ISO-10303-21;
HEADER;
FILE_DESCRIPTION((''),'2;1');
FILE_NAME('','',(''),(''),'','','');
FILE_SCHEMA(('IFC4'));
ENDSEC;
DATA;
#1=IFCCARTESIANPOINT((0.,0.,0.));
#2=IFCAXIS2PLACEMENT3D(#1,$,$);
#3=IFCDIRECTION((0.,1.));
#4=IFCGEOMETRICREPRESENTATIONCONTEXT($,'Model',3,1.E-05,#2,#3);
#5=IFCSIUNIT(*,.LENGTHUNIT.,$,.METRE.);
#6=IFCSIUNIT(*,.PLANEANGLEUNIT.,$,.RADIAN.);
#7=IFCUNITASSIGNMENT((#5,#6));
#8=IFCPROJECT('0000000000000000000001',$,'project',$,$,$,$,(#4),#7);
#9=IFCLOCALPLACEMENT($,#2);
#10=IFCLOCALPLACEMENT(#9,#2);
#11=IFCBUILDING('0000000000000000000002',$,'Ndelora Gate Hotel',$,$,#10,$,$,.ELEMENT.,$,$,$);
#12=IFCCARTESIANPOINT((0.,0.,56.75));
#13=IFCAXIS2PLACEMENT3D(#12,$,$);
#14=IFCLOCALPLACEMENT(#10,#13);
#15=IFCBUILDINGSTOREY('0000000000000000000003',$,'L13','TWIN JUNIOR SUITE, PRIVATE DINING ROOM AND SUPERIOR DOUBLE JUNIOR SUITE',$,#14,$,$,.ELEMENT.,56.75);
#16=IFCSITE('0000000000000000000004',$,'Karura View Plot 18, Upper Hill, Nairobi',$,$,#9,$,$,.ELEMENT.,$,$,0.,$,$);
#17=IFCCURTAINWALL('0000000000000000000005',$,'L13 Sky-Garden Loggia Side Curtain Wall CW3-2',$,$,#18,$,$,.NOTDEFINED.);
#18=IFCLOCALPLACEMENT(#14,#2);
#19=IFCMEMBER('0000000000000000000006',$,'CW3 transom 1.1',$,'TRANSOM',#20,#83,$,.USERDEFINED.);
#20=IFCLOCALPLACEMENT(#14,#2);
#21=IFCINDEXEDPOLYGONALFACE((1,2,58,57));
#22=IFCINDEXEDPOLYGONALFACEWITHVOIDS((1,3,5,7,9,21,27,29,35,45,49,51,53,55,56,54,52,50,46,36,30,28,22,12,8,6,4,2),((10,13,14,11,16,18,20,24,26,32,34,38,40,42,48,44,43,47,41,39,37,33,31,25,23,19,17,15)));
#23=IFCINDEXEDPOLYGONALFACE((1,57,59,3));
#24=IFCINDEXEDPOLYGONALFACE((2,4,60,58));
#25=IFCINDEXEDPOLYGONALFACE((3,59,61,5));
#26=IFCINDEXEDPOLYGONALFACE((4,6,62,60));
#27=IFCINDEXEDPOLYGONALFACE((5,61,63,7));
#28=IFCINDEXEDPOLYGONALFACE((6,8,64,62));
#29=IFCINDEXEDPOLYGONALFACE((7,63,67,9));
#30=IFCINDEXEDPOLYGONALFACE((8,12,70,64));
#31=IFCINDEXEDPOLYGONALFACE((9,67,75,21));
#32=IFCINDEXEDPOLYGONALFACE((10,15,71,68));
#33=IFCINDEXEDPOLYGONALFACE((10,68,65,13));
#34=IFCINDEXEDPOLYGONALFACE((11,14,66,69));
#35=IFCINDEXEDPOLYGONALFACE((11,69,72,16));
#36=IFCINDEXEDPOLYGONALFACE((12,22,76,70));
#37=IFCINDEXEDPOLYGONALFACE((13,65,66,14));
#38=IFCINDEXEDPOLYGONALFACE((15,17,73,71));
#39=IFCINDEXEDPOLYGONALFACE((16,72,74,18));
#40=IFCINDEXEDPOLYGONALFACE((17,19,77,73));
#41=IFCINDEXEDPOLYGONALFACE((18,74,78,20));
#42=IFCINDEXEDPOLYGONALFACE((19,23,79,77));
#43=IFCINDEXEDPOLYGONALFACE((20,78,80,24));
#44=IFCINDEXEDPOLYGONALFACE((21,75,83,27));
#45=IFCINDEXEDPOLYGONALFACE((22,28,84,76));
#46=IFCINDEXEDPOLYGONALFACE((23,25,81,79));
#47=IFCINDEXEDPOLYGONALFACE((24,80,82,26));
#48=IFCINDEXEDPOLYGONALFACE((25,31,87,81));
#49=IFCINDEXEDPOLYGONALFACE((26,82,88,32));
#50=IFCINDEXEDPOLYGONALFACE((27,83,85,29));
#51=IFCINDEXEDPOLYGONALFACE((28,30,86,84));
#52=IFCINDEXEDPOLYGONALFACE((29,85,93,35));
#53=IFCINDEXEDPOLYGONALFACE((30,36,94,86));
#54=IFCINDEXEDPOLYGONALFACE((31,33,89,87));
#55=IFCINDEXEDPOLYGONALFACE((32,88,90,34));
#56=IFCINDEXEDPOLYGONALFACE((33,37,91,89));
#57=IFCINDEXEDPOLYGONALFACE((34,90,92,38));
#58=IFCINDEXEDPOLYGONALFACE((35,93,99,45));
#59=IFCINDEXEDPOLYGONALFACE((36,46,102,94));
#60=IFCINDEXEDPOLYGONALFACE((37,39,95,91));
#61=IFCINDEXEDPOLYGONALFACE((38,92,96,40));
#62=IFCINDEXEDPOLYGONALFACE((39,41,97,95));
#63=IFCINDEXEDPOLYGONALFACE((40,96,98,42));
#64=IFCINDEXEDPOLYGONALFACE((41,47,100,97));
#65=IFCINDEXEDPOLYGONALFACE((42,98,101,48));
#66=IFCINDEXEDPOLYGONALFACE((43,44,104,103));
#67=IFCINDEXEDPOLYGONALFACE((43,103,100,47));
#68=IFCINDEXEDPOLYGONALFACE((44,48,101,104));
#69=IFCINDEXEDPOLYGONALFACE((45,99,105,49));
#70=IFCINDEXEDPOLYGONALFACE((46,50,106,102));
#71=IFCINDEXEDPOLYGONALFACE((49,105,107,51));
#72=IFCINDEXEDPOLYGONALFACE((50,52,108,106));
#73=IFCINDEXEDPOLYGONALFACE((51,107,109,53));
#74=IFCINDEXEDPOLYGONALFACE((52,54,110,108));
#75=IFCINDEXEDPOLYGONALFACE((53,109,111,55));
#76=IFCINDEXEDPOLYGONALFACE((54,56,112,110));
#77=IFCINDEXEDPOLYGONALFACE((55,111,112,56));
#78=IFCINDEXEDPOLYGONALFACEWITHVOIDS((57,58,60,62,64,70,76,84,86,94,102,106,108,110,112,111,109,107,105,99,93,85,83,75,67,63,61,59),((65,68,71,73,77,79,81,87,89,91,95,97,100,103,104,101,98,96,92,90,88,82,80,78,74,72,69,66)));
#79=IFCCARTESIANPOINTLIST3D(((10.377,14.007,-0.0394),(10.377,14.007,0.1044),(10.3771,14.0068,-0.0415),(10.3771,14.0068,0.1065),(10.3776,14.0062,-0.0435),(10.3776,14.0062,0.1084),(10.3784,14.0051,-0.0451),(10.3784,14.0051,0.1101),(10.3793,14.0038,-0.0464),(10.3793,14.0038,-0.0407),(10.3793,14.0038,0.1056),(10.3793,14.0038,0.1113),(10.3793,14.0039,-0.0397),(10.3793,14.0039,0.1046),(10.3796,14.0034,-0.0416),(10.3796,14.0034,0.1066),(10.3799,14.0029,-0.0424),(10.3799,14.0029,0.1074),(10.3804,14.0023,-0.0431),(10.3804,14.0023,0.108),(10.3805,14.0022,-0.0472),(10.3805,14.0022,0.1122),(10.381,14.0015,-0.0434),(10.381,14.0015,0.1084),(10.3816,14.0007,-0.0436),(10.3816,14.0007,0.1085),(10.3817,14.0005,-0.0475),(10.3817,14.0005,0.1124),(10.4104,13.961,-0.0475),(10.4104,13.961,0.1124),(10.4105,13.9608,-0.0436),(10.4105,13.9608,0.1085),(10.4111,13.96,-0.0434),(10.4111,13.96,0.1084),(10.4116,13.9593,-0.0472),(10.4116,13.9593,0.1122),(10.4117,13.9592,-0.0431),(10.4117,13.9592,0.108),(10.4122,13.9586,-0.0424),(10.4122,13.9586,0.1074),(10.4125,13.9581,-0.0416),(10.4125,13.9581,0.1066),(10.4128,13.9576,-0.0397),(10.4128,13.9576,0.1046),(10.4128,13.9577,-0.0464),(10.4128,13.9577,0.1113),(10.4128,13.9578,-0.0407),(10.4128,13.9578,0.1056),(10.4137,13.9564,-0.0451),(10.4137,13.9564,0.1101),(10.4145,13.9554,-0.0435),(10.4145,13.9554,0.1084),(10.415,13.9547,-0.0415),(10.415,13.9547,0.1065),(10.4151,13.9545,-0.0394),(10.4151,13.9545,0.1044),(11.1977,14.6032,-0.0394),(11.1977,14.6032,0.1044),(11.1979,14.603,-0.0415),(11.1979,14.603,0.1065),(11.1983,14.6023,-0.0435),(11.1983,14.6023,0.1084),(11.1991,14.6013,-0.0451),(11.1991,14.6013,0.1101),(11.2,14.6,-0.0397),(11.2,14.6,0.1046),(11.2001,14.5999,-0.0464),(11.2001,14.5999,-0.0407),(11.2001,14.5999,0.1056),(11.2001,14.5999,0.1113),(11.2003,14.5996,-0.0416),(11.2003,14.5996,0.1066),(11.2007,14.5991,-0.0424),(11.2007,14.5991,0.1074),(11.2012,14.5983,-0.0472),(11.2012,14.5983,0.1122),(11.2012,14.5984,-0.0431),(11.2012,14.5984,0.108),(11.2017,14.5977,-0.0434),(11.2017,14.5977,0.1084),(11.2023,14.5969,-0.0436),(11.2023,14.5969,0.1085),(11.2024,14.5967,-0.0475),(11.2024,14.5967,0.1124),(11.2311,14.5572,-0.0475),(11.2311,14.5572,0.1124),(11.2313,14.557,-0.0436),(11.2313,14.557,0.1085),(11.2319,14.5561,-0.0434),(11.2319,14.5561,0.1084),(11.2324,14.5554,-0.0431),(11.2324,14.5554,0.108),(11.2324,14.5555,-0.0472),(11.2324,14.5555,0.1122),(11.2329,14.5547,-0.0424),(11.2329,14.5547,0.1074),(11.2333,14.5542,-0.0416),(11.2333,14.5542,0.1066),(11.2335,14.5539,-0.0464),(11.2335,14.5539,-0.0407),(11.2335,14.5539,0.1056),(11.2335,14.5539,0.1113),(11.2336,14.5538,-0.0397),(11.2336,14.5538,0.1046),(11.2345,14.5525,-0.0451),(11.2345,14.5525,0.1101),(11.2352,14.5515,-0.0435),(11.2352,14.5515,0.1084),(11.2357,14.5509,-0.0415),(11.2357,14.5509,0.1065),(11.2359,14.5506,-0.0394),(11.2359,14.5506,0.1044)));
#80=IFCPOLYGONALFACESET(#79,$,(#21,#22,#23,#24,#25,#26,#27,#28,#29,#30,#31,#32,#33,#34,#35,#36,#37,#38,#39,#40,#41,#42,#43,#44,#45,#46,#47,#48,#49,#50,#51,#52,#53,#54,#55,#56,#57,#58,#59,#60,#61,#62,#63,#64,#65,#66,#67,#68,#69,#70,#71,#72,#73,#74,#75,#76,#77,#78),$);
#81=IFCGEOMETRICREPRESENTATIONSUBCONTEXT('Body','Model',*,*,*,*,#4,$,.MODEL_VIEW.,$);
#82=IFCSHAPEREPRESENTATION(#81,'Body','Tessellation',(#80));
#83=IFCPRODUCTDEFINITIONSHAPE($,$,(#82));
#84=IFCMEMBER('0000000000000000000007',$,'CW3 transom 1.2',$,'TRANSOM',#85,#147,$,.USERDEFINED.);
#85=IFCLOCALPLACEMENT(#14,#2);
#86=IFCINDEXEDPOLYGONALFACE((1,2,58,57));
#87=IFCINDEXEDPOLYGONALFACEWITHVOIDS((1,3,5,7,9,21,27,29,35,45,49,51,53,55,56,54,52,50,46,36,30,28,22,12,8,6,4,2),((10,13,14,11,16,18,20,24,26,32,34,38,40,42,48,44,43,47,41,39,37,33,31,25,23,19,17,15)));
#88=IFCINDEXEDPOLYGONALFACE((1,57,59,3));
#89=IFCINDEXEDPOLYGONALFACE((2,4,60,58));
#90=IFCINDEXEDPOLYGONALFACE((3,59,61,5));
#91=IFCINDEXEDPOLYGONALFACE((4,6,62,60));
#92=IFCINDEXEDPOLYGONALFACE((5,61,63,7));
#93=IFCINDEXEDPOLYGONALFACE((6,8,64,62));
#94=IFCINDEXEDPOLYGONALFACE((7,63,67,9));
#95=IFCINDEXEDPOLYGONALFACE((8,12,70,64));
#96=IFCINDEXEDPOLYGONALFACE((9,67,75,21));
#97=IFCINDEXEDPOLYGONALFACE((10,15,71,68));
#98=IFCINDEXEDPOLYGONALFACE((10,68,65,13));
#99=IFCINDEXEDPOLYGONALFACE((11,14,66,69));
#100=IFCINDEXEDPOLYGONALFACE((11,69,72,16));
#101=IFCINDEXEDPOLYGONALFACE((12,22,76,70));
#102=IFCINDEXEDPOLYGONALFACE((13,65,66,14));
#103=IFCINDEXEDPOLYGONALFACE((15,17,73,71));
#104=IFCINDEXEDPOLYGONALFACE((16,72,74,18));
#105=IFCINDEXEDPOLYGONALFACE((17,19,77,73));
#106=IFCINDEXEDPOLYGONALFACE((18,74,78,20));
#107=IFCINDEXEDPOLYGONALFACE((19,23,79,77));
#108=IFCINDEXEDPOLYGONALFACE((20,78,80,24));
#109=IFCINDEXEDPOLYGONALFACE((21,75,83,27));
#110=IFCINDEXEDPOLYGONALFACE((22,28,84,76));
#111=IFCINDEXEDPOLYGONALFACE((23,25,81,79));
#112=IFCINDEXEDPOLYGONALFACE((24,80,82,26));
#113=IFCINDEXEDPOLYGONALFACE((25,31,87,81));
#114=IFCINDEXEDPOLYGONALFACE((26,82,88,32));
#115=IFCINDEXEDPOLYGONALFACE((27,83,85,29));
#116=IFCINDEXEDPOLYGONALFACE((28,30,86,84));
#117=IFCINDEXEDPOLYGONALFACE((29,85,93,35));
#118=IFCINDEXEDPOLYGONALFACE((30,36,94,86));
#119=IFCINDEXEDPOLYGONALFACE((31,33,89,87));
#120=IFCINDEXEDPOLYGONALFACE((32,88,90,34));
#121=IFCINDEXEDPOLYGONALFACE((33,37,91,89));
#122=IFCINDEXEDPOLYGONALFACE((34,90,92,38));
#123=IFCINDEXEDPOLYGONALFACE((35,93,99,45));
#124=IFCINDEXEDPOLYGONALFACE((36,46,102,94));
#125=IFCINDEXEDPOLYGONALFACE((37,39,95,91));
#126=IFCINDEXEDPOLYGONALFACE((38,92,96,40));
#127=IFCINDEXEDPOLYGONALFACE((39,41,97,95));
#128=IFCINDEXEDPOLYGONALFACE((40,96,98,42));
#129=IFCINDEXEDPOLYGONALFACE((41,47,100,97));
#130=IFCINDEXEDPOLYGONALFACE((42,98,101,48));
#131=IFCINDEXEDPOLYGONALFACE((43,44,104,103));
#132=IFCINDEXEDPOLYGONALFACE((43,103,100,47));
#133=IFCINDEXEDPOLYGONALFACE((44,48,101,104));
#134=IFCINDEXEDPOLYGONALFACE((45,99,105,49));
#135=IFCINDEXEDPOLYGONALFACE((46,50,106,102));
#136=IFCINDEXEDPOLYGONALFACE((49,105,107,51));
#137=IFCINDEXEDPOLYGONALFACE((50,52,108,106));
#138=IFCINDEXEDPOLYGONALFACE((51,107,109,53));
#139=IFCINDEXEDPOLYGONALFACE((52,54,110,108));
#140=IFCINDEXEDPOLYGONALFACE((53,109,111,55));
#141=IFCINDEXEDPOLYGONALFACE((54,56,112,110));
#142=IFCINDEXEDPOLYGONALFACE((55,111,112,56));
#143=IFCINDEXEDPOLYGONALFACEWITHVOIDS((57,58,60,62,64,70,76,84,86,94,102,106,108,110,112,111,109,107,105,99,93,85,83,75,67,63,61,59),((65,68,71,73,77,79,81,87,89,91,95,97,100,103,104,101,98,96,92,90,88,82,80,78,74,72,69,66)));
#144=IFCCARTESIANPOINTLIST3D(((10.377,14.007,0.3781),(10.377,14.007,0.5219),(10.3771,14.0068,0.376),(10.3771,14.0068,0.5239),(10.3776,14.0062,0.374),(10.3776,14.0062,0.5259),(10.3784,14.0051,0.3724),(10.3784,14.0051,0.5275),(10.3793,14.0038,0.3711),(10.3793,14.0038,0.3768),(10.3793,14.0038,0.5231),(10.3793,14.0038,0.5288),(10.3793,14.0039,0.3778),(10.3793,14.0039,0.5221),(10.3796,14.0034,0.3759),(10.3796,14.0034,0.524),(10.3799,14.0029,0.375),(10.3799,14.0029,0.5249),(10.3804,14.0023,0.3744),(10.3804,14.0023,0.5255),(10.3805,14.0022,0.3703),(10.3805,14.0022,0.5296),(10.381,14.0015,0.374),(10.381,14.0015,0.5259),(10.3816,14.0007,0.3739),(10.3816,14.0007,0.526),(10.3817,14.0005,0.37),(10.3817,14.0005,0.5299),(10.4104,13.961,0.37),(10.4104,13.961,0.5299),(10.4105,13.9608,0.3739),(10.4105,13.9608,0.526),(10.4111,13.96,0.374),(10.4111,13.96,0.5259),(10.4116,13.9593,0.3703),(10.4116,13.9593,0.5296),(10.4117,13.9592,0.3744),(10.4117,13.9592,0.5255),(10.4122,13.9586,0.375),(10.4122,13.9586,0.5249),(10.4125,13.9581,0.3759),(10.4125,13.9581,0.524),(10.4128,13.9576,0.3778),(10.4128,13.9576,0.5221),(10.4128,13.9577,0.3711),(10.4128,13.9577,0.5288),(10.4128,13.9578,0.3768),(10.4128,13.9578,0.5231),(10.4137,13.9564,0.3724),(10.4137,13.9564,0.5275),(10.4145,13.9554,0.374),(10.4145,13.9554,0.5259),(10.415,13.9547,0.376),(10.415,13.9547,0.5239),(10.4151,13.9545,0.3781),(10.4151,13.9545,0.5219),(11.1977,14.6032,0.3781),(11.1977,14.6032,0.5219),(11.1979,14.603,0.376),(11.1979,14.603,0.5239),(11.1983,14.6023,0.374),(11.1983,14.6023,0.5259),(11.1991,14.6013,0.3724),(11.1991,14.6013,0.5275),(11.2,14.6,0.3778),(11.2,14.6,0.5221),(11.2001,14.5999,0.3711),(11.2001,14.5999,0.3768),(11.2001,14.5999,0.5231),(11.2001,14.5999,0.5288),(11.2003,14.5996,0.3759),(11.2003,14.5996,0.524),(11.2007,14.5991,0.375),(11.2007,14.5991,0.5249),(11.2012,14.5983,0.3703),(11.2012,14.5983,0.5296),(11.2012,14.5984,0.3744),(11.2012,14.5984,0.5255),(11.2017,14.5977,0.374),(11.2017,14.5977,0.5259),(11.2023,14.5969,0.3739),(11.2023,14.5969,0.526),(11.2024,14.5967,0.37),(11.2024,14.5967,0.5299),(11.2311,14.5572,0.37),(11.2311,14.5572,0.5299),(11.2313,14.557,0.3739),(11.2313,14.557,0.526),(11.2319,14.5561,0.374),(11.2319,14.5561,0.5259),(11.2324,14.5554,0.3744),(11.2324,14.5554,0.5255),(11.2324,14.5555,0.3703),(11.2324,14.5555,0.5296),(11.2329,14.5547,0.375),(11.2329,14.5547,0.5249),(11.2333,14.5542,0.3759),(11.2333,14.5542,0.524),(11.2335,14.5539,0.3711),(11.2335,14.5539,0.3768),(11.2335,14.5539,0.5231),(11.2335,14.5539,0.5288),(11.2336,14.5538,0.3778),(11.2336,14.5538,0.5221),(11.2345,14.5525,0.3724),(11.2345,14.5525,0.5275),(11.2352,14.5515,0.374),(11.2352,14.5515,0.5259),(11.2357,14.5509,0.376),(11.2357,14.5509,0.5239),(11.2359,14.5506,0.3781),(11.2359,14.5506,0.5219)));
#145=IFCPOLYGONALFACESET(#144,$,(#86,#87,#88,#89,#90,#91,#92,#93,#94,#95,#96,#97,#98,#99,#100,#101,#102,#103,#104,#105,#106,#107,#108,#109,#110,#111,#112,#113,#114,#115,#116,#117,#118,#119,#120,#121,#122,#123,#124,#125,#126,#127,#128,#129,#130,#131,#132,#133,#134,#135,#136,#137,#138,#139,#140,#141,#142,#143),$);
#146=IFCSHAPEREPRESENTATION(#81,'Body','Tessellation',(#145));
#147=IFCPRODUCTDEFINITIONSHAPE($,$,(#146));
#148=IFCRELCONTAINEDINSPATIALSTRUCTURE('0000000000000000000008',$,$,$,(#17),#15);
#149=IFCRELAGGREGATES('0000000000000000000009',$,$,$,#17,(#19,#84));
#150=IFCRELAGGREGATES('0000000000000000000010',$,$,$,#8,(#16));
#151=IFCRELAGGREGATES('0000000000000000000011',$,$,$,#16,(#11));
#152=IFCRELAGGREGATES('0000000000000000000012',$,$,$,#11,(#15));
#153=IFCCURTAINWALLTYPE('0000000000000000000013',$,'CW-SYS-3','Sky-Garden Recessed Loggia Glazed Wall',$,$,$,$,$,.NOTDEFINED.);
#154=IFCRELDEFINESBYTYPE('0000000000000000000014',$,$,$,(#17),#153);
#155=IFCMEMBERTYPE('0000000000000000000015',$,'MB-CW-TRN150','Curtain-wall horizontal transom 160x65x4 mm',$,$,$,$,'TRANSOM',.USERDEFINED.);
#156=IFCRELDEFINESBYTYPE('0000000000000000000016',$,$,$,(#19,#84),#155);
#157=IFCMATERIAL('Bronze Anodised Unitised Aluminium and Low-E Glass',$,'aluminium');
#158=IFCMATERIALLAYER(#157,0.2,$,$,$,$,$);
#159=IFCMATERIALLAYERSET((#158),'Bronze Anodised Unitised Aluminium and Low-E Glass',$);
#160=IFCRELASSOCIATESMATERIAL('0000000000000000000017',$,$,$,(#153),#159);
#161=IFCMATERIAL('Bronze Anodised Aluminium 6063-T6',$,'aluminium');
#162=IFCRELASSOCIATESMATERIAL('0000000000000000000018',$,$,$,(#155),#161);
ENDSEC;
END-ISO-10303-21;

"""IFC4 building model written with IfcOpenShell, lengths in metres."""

from ifc_helpers import new_model, si_unit, direction, frame, origin, origin_2d, place, context, subcontext, project, spatial, hollow_rectangle, extrude, material, layer, layer_set, material_profile, profile_set, type_object, element, aggregate, save


model = new_model("IFC4")

# Units and contexts
model_context = context("Model", 3, precision=1e-05, world=origin(), true_north=direction((0.0, 1.0)))
body_context = subcontext(model_context, "Body", "Model", "MODEL_VIEW")
ifc_project = project(units=[si_unit("LENGTHUNIT", "METRE"), si_unit("PLANEANGLEUNIT", "RADIAN")], contexts=[model_context])

# Site, building, storey
site_placement = place(None, origin())
site = spatial("IfcSite", under=ifc_project, at=site_placement, Name="Karura View Plot 18, Upper Hill, Nairobi", CompositionType="ELEMENT", RefElevation=0.0)
building_placement = place(site_placement, origin())
building = spatial("IfcBuilding", under=site, at=building_placement, Name="Ndelora Gate Hotel", CompositionType="ELEMENT")
storey_placement = place(building_placement, frame((0.0, 0.0, 56.75)))
storey = spatial("IfcBuildingStorey", under=building, at=storey_placement, Name="L13", Description="TWIN JUNIOR SUITE, PRIVATE DINING ROOM AND SUPERIOR DOUBLE JUNIOR SUITE", CompositionType="ELEMENT", Elevation=56.75)

# Curtain wall, members
ifc_material_1 = material(Name="Bronze Anodised Unitised Aluminium and Low-E Glass", Category="aluminium")
ifc_layer_1 = layer(ifc_material_1, 0.2)
ifc_layer_set_1 = layer_set([ifc_layer_1], Name="Bronze Anodised Unitised Aluminium and Low-E Glass")
curtain_wall_type = type_object("IfcCurtainWallType", Name="CW-SYS-3", Description="Sky-Garden Recessed Loggia Glazed Wall", PredefinedType="NOTDEFINED", material=ifc_layer_set_1)
curtain_wall_placement = place(storey_placement, origin())
curtain_wall = element("IfcCurtainWall", 1, at=curtain_wall_placement, inside=storey, type_object=curtain_wall_type, Name="L13 Sky-Garden Loggia Side Curtain Wall CW3-2", PredefinedType="NOTDEFINED")
ifc_material_2 = material(Name="Bronze Anodised Aluminium 6063-T6", Category="aluminium")
ifc_material_profile_1 = material_profile(ifc_material_2, hollow_rectangle(XDim=0.0649, YDim=0.1599, WallThickness=0.0039, InnerFilletRadius=0.0039, OuterFilletRadius=0.0081, at=origin_2d()), Name="ALU 160x65x4")
ifc_profile_set_1 = profile_set([ifc_material_profile_1], Name="Bronze Anodised Aluminium 6063-T6")
member_type_1 = type_object("IfcMemberType", Name="MB-CW-TRN150", Description="Curtain-wall horizontal transom 160x65x4 mm", ElementType="TRANSOM", PredefinedType="USERDEFINED", material=ifc_profile_set_1)
member_1_placement = place(storey_placement, frame((11.2168, 14.5769, 0.0325), z_axis=(-0.80909, -0.587685, 0.0), x_axis=(0.587685, -0.80909, 0.0)))
member_1 = element("IfcMember", 2, at=member_1_placement, type_object=member_type_1, Name="CW3 transom 1.1", ObjectType="TRANSOM", PredefinedType="USERDEFINED", context=body_context, shape_type="SweptSolid", body=[
    extrude(hollow_rectangle(XDim=0.0649, YDim=0.1599, WallThickness=0.0039, InnerFilletRadius=0.0039, OuterFilletRadius=0.0081, at=origin_2d()), origin(), (0.0, 0.0, 1.0), 1.0144),
])
member_2_placement = place(storey_placement, frame((11.2168, 14.5769, 0.45), z_axis=(-0.80909, -0.587685, 0.0), x_axis=(0.587685, -0.80909, 0.0)))
member_2 = element("IfcMember", 3, at=member_2_placement, type_object=member_type_1, Name="CW3 transom 1.2", ObjectType="TRANSOM", PredefinedType="USERDEFINED", context=body_context, shape_type="SweptSolid", body=[
    extrude(hollow_rectangle(XDim=0.0649, YDim=0.1599, WallThickness=0.0039, InnerFilletRadius=0.0039, OuterFilletRadius=0.0081, at=origin_2d()), origin(), (0.0, 0.0, 1.0), 1.0144),
])
aggregate(curtain_wall, [member_1, member_2])

save(model, "model.ifc")
